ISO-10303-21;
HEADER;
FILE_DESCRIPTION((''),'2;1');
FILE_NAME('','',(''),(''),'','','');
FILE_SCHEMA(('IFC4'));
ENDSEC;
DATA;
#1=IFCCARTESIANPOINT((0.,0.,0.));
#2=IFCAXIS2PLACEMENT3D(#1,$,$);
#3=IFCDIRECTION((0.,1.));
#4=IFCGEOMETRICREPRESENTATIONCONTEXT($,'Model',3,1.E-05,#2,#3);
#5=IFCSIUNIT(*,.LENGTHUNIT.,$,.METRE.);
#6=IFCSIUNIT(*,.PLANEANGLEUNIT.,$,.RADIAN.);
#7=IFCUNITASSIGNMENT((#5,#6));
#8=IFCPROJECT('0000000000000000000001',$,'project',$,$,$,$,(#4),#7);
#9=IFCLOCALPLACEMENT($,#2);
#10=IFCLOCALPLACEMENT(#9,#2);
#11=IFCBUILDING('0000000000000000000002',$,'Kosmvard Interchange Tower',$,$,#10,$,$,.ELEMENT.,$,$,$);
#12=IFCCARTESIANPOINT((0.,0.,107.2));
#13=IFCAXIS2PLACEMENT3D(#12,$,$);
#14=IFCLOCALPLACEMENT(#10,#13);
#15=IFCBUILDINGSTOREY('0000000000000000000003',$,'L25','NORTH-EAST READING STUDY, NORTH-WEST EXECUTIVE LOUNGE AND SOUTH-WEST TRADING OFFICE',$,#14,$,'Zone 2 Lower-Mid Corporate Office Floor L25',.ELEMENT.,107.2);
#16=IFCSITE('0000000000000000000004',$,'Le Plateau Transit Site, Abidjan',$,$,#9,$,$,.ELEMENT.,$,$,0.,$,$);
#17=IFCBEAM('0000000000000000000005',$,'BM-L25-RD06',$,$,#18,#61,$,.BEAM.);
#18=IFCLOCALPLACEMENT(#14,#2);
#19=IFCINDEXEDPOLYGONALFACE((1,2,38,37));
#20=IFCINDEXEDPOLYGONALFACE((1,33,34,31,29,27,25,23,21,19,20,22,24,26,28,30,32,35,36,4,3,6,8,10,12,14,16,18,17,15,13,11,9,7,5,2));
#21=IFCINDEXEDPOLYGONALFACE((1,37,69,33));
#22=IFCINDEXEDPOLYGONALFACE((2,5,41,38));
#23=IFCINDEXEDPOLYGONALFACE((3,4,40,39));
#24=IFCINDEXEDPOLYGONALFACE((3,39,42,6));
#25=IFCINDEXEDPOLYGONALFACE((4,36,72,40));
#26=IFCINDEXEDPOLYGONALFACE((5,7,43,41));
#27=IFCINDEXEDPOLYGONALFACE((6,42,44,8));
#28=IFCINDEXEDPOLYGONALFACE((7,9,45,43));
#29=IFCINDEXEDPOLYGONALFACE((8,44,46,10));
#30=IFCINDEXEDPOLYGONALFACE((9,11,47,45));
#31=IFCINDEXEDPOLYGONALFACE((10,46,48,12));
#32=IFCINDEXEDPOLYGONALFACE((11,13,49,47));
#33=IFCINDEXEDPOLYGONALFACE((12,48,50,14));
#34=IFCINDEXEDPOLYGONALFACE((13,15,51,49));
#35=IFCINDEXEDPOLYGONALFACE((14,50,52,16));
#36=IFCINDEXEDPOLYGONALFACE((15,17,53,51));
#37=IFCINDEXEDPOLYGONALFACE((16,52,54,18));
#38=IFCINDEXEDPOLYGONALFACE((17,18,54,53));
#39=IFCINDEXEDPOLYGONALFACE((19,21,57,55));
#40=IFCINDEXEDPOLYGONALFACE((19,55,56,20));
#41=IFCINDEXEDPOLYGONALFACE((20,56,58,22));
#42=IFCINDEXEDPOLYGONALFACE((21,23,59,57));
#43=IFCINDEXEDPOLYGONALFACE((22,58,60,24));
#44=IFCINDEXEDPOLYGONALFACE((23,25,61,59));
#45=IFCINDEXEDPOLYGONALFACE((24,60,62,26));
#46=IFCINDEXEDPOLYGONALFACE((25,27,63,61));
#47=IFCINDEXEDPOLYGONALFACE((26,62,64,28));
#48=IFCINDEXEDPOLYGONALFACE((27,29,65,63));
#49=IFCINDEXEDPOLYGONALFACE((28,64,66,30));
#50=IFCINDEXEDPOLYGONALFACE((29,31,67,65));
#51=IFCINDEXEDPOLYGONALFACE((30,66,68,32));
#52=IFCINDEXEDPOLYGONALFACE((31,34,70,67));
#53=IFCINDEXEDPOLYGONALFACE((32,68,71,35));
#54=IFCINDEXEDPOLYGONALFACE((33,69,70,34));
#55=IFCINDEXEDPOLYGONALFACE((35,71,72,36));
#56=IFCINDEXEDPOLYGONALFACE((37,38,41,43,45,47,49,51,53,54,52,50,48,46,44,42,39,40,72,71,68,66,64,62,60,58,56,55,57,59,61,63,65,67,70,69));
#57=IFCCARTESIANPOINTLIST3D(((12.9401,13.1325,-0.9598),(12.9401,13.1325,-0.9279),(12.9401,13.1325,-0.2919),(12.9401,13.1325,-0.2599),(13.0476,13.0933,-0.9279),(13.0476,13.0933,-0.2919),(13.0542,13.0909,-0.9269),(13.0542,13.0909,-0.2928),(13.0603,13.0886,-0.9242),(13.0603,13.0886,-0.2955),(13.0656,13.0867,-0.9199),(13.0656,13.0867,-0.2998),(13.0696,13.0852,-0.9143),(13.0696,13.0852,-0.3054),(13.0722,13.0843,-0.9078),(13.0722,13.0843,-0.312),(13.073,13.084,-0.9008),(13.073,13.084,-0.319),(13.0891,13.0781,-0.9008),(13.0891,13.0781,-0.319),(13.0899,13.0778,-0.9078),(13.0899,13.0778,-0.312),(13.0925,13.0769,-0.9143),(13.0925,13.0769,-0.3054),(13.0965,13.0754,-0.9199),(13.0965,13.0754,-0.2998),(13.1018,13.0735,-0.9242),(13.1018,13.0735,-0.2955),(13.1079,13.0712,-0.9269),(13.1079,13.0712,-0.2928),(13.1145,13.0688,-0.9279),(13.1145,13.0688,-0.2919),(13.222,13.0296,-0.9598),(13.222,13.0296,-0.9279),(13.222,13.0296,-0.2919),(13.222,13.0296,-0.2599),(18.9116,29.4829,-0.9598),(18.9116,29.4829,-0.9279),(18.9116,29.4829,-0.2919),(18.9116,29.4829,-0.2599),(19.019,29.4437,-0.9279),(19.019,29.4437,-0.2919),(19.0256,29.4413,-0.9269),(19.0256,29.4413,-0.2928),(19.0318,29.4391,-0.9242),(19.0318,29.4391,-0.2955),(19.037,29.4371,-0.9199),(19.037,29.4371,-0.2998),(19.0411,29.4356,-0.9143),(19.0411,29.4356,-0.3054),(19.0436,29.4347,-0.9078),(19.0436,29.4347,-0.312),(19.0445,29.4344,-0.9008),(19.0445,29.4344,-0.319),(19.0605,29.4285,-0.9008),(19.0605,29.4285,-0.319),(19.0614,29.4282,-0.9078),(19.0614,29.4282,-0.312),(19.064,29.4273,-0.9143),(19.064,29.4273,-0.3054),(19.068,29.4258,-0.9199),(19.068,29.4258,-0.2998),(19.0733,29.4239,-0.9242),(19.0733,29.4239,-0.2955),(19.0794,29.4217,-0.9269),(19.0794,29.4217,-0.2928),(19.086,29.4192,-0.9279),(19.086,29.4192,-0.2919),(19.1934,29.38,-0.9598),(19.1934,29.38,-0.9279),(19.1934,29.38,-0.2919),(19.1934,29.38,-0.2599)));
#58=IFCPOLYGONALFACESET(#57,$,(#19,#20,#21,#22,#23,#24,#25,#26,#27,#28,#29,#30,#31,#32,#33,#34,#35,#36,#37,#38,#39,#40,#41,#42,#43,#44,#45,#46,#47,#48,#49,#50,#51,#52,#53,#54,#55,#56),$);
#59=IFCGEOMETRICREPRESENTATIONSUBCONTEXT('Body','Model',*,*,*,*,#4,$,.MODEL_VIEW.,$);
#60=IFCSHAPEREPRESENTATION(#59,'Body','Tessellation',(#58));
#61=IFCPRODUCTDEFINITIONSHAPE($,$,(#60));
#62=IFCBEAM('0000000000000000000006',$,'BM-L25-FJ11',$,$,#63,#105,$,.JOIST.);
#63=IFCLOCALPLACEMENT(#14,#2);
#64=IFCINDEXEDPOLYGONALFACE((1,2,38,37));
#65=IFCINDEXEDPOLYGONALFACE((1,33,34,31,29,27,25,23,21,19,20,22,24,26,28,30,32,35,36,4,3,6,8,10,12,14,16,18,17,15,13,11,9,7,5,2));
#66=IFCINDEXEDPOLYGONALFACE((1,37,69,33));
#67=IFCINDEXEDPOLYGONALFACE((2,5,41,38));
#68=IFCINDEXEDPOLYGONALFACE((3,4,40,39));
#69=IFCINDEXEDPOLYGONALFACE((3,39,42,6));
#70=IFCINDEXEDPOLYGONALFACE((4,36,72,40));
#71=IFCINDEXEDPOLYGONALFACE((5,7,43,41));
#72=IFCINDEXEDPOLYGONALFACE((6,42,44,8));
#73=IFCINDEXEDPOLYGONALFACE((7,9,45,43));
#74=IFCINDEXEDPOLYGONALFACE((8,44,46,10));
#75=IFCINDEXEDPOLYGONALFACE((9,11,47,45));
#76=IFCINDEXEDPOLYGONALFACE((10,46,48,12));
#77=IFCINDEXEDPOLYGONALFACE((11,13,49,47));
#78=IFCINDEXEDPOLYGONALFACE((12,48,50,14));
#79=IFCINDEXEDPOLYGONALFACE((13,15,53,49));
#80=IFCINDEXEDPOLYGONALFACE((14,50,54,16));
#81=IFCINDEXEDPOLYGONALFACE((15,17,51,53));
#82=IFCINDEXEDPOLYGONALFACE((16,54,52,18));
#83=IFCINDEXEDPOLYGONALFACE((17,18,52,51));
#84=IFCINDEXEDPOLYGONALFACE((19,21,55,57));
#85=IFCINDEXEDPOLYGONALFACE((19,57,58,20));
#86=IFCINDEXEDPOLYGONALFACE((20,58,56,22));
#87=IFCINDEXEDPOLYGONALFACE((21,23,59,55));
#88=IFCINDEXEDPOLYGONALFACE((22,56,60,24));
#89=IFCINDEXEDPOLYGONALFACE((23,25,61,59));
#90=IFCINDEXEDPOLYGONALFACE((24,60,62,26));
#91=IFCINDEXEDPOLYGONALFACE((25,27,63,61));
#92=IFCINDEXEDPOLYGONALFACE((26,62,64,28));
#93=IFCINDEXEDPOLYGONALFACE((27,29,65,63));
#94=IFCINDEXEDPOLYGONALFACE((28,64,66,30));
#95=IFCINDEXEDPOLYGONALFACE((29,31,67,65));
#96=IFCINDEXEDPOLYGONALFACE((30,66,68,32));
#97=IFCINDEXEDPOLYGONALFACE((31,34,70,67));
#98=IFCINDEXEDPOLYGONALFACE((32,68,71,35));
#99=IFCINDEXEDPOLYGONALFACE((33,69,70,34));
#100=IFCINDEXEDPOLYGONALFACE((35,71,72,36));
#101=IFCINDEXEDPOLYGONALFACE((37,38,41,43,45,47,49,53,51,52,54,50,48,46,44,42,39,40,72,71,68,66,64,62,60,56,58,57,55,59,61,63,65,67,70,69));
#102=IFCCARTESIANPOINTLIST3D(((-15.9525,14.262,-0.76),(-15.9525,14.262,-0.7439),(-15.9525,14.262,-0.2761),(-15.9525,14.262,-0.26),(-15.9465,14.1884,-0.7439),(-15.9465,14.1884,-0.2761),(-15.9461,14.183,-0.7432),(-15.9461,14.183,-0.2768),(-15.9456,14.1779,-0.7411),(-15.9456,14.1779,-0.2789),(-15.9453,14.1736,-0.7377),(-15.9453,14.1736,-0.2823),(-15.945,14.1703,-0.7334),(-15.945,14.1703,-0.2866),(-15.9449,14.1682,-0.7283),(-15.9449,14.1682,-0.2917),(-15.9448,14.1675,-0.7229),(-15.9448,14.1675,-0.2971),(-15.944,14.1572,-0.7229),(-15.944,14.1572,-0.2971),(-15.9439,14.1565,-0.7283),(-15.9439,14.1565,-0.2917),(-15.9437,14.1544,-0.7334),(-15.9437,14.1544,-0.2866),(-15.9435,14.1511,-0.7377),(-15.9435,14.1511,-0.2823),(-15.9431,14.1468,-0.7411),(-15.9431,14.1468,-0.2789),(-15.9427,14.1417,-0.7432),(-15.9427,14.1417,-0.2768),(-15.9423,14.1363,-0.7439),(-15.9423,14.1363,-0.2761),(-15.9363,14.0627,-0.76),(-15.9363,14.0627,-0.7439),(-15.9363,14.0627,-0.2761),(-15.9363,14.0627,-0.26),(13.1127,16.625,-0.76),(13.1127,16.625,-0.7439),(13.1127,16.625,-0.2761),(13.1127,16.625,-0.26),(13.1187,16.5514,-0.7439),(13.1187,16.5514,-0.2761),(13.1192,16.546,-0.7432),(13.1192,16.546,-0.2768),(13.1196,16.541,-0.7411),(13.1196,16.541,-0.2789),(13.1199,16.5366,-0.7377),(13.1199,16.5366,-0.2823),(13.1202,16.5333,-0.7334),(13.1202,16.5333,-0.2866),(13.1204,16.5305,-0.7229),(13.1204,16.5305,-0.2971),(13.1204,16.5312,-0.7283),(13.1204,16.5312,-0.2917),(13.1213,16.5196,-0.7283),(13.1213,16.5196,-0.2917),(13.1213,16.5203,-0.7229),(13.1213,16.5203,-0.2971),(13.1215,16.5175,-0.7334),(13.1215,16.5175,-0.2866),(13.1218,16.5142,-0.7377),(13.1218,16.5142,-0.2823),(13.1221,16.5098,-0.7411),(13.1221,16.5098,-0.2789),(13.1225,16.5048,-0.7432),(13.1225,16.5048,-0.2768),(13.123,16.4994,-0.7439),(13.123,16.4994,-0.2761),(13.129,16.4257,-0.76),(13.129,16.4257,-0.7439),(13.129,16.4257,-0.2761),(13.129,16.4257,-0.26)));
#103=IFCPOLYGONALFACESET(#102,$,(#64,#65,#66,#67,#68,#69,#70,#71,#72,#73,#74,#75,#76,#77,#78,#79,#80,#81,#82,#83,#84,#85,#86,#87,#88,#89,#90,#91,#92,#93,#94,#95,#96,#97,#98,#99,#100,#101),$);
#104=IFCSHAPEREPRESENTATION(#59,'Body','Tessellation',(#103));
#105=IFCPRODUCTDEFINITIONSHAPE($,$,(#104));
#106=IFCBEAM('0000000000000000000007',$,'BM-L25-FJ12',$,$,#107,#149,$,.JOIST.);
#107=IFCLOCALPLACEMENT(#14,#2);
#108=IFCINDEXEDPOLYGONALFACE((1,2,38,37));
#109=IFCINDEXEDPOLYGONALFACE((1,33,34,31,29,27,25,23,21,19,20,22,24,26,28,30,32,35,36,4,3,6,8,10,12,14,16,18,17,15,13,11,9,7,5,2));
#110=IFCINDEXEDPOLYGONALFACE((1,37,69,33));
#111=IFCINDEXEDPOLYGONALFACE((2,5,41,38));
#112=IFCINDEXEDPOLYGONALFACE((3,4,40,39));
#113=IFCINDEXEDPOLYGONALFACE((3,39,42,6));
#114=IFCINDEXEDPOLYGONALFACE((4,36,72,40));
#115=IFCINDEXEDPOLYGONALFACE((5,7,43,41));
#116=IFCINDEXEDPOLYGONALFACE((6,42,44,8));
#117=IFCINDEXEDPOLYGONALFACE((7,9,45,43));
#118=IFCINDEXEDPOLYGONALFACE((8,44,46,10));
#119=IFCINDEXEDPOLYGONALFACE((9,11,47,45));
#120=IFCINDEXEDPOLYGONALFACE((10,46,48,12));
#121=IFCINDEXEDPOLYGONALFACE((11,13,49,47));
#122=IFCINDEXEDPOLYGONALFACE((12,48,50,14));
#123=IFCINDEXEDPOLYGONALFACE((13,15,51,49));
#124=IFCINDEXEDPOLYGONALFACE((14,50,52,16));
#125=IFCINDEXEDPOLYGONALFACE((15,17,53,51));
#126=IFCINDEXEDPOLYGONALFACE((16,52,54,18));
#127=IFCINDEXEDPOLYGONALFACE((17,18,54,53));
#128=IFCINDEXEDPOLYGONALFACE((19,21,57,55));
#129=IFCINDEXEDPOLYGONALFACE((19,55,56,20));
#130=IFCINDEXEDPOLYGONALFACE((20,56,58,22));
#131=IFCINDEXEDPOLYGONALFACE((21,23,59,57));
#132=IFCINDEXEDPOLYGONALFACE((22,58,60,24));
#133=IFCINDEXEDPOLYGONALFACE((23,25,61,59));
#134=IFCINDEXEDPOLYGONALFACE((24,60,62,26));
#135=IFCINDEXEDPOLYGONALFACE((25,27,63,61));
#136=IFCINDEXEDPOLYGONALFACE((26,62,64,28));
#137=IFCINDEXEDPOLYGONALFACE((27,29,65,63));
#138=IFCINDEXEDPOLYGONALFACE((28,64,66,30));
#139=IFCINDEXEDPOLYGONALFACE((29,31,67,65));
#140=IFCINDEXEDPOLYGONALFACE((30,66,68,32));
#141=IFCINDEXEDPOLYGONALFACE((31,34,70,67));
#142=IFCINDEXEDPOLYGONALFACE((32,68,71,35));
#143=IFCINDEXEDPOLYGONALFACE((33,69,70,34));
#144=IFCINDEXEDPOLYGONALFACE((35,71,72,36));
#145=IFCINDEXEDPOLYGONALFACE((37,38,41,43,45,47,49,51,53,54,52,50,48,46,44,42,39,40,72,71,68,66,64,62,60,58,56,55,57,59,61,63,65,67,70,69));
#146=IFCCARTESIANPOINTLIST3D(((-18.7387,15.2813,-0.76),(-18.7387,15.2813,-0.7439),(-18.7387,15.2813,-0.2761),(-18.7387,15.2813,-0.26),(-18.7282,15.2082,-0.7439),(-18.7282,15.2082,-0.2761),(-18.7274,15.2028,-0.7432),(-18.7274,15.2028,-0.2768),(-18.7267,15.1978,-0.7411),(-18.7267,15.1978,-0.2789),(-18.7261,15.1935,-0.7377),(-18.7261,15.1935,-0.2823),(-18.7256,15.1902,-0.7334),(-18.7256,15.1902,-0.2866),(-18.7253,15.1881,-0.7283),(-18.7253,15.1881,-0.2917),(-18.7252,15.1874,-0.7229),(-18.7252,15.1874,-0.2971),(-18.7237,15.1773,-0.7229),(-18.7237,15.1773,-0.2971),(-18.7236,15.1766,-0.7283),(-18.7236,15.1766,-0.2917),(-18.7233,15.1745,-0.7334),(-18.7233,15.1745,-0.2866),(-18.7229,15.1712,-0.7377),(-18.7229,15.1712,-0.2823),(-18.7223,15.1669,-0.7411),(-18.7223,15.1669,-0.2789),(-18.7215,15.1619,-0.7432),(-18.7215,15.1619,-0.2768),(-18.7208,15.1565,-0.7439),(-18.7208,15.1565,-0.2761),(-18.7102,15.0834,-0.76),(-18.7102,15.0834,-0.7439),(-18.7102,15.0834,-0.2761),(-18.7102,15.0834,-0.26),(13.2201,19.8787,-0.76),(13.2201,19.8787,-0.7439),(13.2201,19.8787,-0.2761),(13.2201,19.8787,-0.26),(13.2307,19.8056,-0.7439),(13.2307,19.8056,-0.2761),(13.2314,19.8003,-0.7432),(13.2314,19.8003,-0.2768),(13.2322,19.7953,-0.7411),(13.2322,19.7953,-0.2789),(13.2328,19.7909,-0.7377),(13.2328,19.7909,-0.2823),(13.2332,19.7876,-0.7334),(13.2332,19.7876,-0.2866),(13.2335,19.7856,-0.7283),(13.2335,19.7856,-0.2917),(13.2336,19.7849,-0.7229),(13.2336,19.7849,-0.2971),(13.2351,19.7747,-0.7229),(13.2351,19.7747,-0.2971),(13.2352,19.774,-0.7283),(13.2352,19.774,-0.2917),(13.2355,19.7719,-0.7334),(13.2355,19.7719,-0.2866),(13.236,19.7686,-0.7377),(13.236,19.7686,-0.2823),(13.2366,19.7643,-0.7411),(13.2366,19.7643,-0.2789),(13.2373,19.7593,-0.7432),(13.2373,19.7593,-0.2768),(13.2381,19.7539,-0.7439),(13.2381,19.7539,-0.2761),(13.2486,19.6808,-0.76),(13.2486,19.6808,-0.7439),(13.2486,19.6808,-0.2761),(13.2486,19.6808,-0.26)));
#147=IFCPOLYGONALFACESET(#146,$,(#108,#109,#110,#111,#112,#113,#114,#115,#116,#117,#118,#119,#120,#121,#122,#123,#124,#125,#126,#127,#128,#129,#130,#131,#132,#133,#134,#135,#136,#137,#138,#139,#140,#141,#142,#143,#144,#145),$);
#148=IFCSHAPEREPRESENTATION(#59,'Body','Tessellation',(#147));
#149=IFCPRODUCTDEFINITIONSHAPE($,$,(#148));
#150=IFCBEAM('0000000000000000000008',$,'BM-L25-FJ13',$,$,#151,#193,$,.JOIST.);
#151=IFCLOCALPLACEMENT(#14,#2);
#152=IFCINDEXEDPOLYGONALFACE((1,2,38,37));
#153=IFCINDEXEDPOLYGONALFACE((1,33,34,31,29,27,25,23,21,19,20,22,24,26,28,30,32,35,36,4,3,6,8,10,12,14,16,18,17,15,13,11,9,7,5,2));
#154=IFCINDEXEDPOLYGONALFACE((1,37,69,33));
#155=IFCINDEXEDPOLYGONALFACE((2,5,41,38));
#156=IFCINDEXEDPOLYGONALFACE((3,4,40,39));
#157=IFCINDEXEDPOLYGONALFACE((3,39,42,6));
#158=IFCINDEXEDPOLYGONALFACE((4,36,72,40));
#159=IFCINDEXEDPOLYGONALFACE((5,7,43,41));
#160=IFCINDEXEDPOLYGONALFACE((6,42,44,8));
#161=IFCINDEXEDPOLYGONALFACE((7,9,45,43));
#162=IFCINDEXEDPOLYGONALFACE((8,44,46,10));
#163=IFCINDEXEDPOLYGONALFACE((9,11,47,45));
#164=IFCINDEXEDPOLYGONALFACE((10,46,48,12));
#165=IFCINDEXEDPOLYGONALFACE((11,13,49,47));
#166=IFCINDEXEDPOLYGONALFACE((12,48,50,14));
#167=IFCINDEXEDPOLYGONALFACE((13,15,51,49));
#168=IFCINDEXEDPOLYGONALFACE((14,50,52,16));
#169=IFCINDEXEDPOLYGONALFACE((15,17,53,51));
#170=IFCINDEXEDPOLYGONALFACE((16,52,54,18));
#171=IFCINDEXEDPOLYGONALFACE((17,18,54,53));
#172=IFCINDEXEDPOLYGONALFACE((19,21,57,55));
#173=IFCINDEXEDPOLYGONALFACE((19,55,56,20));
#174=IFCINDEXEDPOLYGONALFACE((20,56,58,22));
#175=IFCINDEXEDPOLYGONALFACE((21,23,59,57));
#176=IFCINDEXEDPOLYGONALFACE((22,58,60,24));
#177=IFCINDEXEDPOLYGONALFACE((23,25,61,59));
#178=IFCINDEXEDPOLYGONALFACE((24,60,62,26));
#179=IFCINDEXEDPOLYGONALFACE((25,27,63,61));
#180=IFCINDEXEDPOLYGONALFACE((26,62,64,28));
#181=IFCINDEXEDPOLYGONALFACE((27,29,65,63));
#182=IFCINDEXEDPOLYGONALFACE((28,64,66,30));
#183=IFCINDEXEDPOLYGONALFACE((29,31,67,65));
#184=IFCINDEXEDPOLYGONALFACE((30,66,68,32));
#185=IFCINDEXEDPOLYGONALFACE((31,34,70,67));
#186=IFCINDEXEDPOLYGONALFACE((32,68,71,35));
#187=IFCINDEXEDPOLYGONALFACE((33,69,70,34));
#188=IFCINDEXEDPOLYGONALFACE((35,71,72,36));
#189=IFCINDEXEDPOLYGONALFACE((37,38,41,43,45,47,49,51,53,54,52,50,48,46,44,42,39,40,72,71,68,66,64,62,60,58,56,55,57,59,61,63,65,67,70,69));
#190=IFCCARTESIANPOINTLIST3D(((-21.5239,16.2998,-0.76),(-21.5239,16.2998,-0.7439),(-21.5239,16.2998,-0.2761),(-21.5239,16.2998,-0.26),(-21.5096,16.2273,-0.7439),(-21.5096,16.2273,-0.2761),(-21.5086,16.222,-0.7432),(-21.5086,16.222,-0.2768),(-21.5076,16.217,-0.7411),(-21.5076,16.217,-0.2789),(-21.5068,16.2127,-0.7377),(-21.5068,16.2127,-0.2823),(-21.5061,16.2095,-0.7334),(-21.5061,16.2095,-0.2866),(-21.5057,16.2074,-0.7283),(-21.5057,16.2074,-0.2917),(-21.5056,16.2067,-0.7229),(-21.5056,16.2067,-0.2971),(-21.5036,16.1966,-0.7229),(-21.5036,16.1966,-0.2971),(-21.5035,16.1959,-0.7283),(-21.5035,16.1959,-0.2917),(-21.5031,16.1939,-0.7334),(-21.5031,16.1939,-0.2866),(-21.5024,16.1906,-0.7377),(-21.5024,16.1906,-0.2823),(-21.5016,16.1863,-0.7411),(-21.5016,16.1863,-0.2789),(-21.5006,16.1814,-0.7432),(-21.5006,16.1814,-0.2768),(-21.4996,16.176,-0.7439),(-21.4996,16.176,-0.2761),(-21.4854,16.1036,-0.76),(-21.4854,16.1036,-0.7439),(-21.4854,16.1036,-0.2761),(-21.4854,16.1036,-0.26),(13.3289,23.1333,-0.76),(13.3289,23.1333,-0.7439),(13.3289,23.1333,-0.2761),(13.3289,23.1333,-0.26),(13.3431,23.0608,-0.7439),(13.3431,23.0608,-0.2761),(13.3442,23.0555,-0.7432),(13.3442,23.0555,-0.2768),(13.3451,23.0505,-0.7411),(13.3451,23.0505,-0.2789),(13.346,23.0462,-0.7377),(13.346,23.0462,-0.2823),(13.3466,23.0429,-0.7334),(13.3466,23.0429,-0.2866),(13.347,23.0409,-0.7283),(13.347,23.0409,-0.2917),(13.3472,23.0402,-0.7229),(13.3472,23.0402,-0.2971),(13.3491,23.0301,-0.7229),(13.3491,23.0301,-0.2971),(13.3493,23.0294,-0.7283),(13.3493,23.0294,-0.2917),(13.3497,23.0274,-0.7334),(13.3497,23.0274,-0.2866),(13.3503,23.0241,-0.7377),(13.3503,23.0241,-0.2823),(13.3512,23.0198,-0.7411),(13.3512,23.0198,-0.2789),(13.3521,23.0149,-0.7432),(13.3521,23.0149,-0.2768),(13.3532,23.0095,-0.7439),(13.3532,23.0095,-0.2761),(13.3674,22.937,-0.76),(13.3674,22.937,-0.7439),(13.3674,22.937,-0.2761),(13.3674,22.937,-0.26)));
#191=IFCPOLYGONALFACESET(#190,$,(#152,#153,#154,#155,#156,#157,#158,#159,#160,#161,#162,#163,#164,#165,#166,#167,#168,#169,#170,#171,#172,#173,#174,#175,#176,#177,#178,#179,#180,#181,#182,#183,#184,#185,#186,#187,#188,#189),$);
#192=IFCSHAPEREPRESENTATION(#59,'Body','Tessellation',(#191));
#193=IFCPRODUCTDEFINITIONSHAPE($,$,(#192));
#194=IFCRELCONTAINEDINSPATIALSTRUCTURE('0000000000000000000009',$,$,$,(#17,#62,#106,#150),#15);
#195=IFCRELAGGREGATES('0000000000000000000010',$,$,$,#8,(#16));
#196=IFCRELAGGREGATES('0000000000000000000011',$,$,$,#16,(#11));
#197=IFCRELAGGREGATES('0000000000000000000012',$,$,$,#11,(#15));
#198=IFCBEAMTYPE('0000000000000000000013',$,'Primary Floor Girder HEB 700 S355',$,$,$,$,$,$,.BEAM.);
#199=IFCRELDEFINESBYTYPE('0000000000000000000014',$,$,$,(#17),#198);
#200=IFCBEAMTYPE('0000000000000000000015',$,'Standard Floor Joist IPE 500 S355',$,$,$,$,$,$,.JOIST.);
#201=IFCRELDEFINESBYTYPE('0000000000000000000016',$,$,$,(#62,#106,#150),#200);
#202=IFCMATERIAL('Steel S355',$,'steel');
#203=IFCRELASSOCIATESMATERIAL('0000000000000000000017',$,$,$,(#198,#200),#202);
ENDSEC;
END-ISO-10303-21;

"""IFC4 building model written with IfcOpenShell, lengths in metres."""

from ifc_helpers import new_model, si_unit, direction, frame, origin, origin_2d, place, context, subcontext, project, spatial, i_section, extrude, source, transform, mapped, material, material_profile, profile_set, type_object, element, save


model = new_model("IFC4")

# Units and contexts
model_context = context("Model", 3, precision=1e-05, world=origin(), true_north=direction((0.0, 1.0)))
body_context = subcontext(model_context, "Body", "Model", "MODEL_VIEW")
ifc_project = project(units=[si_unit("LENGTHUNIT", "METRE"), si_unit("PLANEANGLEUNIT", "RADIAN")], contexts=[model_context])

# Site, building, storey
site_placement = place(None, origin())
site = spatial("IfcSite", under=ifc_project, at=site_placement, Name="Le Plateau Transit Site, Abidjan", CompositionType="ELEMENT", RefElevation=0.0)
building_placement = place(site_placement, origin())
building = spatial("IfcBuilding", under=site, at=building_placement, Name="Kosmvard Interchange Tower", CompositionType="ELEMENT")
storey_placement = place(building_placement, frame((0.0, 0.0, 107.2)))
storey = spatial("IfcBuildingStorey", under=building, at=storey_placement, Name="L25", Description="NORTH-EAST READING STUDY, NORTH-WEST EXECUTIVE LOUNGE AND SOUTH-WEST TRADING OFFICE", LongName="Zone 2 Lower-Mid Corporate Office Floor L25", CompositionType="ELEMENT", Elevation=107.2)

# Beams
ifc_material_1 = material(Name="Steel S355", Category="steel")
ifc_material_profile_1 = material_profile(ifc_material_1, i_section(OverallWidth=0.3, OverallDepth=0.7, WebThickness=0.0171, FlangeThickness=0.032, FilletRadius=0.0271, at=origin_2d()), Name="HEB 700")
ifc_profile_set_1 = profile_set([ifc_material_profile_1], Name="Steel S355")
beam_type_1 = type_object("IfcBeamType", Name="Primary Floor Girder HEB 700 S355", PredefinedType="BEAM", material=ifc_profile_set_1)
shared_shape_1 = source(origin(), body_context, "Body", "SweptSolid", [
    extrude(i_section(OverallWidth=0.3, OverallDepth=0.7, WebThickness=0.0171, FlangeThickness=0.032, FilletRadius=0.0271, at=origin_2d()), origin(), (0.0, 0.0, 1.0), 17.4067),
])
beam_1_placement = place(storey_placement, frame((13.0811, 13.0811, -0.6099), z_axis=(0.343055, 0.939315, 0.0), x_axis=(-0.939315, 0.343055, 0.0)))
element("IfcBeam", 1, at=beam_1_placement, inside=storey, type_object=beam_type_1, Name="BM-L25-RD06", PredefinedType="BEAM", context=body_context, shape_type="MappedRepresentation", body=[
    mapped(shared_shape_1, transform((0.0, 0.0, 0.0), scale=1.0)),
])
ifc_material_profile_2 = material_profile(ifc_material_1, i_section(OverallWidth=0.2, OverallDepth=0.5, WebThickness=0.0103, FlangeThickness=0.0161, FilletRadius=0.021, at=origin_2d()), Name="IPE 500")
ifc_profile_set_2 = profile_set([ifc_material_profile_2], Name="Steel S355")
beam_type_2 = type_object("IfcBeamType", Name="Standard Floor Joist IPE 500 S355", PredefinedType="JOIST", material=ifc_profile_set_2)
shared_shape_2 = source(origin(), body_context, "Body", "SweptSolid", [
    extrude(i_section(OverallWidth=0.2, OverallDepth=0.5, WebThickness=0.0103, FlangeThickness=0.0161, FilletRadius=0.021, at=origin_2d()), origin(), (0.0, 0.0, 1.0), 29.1611),
])
beam_2_placement = place(storey_placement, frame((13.1208, 16.5254, -0.51), z_axis=(-0.996711, -0.081034, 0.0), x_axis=(0.081034, -0.996711, 0.0)))
element("IfcBeam", 2, at=beam_2_placement, inside=storey, type_object=beam_type_2, Name="BM-L25-FJ11", PredefinedType="JOIST", context=body_context, shape_type="MappedRepresentation", body=[
    mapped(shared_shape_2, transform((0.0, 0.0, 0.0), scale=1.0)),
])
shared_shape_3 = source(origin(), body_context, "Body", "SweptSolid", [
    extrude(i_section(OverallWidth=0.2, OverallDepth=0.5, WebThickness=0.0103, FlangeThickness=0.0161, FilletRadius=0.021, at=origin_2d()), origin(), (0.0, 0.0, 1.0), 32.2878),
])
beam_3_placement = place(storey_placement, frame((13.2344, 19.7798, -0.51), z_axis=(-0.989811, -0.142389, 0.0), x_axis=(0.142389, -0.989811, 0.0)))
element("IfcBeam", 3, at=beam_3_placement, inside=storey, type_object=beam_type_2, Name="BM-L25-FJ12", PredefinedType="JOIST", context=body_context, shape_type="MappedRepresentation", body=[
    mapped(shared_shape_3, transform((0.0, 0.0, 0.0), scale=1.0)),
])
shared_shape_4 = source(origin(), body_context, "Body", "SweptSolid", [
    extrude(i_section(OverallWidth=0.2, OverallDepth=0.5, WebThickness=0.0103, FlangeThickness=0.0161, FilletRadius=0.021, at=origin_2d()), origin(), (0.0, 0.0, 1.0), 35.5164),
])
beam_4_placement = place(storey_placement, frame((13.3481, 23.0352, -0.51), z_axis=(-0.981316, -0.192404, 0.0), x_axis=(0.192404, -0.981316, 0.0)))
element("IfcBeam", 4, at=beam_4_placement, inside=storey, type_object=beam_type_2, Name="BM-L25-FJ13", PredefinedType="JOIST", context=body_context, shape_type="MappedRepresentation", body=[
    mapped(shared_shape_4, transform((0.0, 0.0, 0.0), scale=1.0)),
])

save(model, "model.ifc")
